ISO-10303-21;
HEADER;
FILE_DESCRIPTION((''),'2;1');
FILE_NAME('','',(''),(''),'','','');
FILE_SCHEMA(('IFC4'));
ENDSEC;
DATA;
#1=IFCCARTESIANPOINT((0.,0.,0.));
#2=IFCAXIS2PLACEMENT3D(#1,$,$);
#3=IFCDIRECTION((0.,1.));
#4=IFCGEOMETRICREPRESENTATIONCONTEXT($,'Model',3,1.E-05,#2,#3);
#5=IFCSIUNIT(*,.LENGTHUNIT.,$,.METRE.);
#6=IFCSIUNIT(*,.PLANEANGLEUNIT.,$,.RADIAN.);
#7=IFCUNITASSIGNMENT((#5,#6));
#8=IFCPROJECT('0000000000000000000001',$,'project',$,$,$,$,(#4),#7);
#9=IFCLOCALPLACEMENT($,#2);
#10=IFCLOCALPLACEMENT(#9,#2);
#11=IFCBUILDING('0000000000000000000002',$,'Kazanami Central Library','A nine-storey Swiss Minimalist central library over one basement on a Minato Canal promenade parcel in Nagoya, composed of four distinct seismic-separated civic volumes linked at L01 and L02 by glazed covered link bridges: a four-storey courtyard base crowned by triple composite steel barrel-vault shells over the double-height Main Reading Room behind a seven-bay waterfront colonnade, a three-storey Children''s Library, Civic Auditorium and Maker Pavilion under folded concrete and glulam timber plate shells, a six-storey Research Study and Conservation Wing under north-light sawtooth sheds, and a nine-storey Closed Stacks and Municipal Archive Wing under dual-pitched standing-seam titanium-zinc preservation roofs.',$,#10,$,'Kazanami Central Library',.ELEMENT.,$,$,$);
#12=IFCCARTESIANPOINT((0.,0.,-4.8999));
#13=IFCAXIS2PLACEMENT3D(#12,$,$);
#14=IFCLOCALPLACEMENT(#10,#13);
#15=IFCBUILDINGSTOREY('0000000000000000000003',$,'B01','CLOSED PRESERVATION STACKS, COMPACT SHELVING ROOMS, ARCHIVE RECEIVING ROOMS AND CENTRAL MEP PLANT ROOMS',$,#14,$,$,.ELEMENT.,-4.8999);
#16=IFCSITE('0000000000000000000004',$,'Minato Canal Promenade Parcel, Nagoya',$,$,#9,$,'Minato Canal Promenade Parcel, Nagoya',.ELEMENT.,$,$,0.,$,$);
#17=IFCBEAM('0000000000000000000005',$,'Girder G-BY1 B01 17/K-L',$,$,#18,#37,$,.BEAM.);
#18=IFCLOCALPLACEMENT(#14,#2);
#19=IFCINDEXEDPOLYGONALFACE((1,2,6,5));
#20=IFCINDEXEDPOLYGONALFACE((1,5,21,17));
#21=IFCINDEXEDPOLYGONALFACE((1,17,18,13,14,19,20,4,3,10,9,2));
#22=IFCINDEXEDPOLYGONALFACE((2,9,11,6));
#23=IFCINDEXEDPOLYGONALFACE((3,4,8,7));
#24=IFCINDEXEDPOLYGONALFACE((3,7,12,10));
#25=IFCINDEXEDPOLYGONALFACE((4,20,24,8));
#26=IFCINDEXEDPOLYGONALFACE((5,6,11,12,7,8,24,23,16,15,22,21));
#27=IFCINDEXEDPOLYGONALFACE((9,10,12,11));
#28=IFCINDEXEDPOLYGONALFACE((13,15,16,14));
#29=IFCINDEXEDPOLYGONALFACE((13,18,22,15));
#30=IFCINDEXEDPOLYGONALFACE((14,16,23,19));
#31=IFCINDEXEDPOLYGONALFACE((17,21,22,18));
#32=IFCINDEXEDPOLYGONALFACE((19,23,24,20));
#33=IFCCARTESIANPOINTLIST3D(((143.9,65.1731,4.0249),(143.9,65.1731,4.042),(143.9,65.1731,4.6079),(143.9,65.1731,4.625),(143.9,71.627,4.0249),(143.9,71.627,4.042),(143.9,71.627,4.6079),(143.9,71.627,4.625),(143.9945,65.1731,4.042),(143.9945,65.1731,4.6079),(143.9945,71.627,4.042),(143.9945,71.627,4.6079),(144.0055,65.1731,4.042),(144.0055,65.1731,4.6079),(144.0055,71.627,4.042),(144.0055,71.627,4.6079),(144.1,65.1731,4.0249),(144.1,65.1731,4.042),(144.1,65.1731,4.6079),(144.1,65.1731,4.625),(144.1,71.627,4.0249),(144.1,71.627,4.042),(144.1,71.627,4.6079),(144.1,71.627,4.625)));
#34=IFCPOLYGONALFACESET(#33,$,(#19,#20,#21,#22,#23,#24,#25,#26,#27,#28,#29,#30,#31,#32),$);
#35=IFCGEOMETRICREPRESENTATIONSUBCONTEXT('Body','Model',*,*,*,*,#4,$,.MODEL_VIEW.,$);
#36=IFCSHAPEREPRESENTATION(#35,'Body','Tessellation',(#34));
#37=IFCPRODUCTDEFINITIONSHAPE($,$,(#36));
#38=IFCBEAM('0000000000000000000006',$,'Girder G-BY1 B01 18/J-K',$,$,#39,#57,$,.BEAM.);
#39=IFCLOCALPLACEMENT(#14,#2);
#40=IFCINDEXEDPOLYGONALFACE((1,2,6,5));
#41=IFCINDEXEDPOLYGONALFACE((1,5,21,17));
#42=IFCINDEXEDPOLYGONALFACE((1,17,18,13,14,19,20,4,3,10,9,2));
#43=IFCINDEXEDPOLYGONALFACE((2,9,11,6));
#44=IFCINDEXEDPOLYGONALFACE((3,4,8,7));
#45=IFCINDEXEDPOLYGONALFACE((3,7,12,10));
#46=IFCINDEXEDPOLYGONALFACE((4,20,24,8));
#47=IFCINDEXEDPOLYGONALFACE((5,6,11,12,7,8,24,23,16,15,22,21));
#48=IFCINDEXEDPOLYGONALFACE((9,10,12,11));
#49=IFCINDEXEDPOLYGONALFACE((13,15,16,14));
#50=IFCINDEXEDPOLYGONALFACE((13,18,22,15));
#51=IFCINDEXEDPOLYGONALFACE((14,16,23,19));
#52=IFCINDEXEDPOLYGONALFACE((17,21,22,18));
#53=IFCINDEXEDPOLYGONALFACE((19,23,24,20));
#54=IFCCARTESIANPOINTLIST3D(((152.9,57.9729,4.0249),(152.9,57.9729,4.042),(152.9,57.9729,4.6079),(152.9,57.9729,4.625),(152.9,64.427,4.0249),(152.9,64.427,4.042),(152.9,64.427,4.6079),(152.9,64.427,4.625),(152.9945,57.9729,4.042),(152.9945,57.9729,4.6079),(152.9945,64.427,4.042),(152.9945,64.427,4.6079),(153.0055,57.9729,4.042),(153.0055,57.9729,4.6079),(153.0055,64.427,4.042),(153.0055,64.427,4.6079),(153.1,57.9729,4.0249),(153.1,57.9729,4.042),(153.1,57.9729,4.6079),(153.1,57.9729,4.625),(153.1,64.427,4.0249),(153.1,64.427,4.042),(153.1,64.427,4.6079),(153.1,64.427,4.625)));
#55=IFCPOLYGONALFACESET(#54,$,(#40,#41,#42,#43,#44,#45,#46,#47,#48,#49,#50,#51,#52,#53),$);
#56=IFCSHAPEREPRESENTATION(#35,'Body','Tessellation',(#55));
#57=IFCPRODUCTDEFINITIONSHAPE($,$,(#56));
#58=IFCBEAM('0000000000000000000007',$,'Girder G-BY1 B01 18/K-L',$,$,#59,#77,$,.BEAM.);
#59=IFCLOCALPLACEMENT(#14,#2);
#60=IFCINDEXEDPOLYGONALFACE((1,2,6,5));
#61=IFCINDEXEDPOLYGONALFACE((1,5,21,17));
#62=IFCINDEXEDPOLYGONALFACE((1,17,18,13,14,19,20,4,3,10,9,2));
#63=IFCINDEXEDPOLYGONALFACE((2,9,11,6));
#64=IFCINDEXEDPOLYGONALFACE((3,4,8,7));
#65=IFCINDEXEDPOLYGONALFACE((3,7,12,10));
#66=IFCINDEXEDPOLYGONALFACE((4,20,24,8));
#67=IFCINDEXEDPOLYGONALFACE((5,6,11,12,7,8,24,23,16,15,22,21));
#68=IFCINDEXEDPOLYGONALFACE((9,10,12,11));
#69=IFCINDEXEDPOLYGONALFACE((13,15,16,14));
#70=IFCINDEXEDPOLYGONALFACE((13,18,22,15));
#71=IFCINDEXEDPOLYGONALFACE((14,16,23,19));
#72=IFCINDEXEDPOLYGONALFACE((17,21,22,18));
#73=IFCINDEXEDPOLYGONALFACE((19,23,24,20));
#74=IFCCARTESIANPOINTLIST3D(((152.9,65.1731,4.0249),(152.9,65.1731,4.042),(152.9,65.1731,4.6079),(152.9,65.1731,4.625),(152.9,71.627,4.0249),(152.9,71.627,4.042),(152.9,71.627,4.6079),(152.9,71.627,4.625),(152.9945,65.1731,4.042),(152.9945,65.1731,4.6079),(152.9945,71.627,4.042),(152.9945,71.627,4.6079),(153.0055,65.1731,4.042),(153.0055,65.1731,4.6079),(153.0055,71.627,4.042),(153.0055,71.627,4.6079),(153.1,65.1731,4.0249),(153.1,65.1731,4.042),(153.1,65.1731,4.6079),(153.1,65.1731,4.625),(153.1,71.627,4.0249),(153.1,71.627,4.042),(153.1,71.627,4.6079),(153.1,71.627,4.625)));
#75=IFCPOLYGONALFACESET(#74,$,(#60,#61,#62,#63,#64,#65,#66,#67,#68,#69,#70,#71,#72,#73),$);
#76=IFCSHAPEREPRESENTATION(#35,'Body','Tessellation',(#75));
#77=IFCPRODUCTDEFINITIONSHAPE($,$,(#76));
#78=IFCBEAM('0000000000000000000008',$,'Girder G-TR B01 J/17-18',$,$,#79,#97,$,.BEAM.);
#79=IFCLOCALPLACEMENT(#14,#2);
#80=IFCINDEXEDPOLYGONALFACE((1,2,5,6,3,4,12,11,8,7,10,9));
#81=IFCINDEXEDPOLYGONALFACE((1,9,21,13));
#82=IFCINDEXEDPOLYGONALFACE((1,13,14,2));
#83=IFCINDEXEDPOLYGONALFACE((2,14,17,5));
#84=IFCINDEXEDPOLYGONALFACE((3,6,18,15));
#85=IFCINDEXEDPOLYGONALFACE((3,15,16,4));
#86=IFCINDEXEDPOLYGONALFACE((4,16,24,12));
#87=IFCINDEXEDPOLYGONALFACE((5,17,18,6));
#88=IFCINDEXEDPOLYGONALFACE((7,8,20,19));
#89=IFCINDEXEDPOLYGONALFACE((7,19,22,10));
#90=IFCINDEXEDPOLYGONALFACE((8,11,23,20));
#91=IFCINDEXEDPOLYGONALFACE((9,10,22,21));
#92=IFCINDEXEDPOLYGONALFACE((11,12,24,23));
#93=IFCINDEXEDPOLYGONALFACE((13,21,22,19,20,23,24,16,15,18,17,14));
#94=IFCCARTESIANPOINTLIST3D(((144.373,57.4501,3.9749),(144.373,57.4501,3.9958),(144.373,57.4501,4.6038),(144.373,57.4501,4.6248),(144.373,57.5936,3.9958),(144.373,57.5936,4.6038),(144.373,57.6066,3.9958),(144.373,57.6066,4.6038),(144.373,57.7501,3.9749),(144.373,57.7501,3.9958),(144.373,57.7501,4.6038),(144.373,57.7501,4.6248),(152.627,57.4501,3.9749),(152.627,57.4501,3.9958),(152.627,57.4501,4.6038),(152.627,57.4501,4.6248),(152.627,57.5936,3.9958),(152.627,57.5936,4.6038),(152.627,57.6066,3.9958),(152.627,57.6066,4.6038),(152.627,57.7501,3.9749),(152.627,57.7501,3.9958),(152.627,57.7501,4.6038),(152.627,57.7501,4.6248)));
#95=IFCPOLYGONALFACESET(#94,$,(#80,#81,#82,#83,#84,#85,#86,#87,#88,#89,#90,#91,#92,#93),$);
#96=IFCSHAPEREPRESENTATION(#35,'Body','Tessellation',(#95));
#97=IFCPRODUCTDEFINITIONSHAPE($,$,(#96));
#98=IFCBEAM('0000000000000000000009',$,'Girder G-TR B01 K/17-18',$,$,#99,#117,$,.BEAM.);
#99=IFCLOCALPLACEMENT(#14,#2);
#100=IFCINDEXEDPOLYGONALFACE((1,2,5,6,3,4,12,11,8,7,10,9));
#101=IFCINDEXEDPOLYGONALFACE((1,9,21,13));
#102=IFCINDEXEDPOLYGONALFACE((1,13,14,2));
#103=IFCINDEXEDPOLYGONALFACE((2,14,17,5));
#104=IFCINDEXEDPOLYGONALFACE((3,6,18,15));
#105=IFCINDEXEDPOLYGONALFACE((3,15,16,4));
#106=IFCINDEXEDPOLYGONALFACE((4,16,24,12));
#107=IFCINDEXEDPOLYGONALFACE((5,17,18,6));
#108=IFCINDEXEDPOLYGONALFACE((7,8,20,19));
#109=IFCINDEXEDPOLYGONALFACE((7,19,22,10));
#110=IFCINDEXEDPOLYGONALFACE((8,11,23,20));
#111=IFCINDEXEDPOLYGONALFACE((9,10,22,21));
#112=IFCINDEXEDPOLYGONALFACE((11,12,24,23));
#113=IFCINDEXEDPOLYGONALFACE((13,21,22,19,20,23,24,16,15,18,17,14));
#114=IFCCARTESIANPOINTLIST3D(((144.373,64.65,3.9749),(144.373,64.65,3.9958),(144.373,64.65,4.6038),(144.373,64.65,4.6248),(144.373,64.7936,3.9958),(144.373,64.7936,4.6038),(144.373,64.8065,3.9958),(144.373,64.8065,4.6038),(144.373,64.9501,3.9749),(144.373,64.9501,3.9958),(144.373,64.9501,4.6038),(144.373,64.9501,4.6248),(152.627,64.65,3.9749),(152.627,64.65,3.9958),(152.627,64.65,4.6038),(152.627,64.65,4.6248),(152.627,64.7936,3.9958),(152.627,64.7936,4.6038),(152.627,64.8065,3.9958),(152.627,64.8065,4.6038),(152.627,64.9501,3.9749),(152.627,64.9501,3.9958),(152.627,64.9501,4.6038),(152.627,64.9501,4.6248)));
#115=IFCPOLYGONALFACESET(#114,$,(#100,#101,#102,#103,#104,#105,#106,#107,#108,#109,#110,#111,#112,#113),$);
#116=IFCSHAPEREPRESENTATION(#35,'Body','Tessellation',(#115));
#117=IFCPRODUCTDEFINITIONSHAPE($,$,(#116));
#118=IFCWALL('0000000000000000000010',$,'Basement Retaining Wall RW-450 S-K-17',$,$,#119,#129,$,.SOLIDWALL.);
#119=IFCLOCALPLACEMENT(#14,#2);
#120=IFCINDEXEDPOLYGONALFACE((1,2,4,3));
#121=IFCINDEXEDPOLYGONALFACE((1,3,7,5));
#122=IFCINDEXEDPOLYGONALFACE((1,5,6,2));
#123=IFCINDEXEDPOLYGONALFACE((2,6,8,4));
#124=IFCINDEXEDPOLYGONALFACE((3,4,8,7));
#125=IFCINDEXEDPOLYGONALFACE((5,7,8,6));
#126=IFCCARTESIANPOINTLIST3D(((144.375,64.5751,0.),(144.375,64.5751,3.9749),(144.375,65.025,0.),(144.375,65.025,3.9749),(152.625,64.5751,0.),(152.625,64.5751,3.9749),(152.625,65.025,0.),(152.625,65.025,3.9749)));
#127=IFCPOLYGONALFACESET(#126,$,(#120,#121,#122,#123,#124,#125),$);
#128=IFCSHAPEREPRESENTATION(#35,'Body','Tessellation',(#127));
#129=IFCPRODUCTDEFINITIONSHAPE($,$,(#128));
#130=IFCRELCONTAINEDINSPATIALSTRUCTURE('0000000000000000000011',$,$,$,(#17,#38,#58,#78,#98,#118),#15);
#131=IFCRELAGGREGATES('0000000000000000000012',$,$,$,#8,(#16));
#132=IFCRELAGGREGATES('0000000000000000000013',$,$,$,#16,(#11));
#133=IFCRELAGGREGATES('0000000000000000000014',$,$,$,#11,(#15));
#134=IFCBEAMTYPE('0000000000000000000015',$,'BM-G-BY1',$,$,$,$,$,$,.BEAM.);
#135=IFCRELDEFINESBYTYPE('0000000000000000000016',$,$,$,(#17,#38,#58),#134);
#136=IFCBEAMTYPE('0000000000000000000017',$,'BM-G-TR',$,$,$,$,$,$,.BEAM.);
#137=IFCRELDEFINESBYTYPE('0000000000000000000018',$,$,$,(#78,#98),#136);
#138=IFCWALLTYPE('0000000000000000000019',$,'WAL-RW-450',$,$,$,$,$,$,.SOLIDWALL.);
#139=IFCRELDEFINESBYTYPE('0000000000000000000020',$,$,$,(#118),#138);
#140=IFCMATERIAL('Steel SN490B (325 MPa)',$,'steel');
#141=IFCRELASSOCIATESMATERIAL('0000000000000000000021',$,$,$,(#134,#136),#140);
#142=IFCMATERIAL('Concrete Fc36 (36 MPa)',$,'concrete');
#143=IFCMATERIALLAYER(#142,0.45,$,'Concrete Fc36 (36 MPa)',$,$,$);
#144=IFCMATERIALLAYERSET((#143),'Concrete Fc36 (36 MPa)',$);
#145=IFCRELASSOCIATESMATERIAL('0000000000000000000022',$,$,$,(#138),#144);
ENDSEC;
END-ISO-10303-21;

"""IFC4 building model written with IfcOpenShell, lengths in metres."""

from ifc_helpers import new_model, si_unit, direction, frame, frame_2d, origin, origin_2d, place, context, subcontext, project, spatial, rectangle, i_section, extrude, material, layer, layer_set, material_profile, profile_set, type_object, element, save


model = new_model("IFC4")

# Units and contexts
model_context = context("Model", 3, precision=1e-05, world=origin(), true_north=direction((0.0, 1.0)))
body_context = subcontext(model_context, "Body", "Model", "MODEL_VIEW")
ifc_project = project(units=[si_unit("LENGTHUNIT", "METRE"), si_unit("PLANEANGLEUNIT", "RADIAN")], contexts=[model_context])

# Site, building, storey
site_placement = place(None, origin())
site = spatial("IfcSite", under=ifc_project, at=site_placement, Name="Minato Canal Promenade Parcel, Nagoya", LongName="Minato Canal Promenade Parcel, Nagoya", CompositionType="ELEMENT", RefElevation=0.0)
building_placement = place(site_placement, origin())
building = spatial("IfcBuilding", under=site, at=building_placement, Name="Kazanami Central Library", Description="A nine-storey Swiss Minimalist central library over one basement on a Minato Canal promenade parcel in Nagoya, composed of four distinct seismic-separated civic volumes linked at L01 and L02 by glazed covered link bridges: a four-storey courtyard base crowned by triple composite steel barrel-vault shells over the double-height Main Reading Room behind a seven-bay waterfront colonnade, a three-storey Children's Library, Civic Auditorium and Maker Pavilion under folded concrete and glulam timber plate shells, a six-storey Research Study and Conservation Wing under north-light sawtooth sheds, and a nine-storey Closed Stacks and Municipal Archive Wing under dual-pitched standing-seam titanium-zinc preservation roofs.", LongName="Kazanami Central Library", CompositionType="ELEMENT")
storey_placement = place(building_placement, frame((0.0, 0.0, -4.8999)))
storey = spatial("IfcBuildingStorey", under=building, at=storey_placement, Name="B01", Description="CLOSED PRESERVATION STACKS, COMPACT SHELVING ROOMS, ARCHIVE RECEIVING ROOMS AND CENTRAL MEP PLANT ROOMS", CompositionType="ELEMENT", Elevation=-4.8999)

# Shared definitions
ifc_material_1 = material(Name="Concrete Fc36 (36 MPa)", Category="concrete")

# Beams
ifc_material_2 = material(Name="Steel SN490B (325 MPa)", Category="steel")
ifc_material_profile_1 = material_profile(ifc_material_2, i_section(OverallWidth=0.2, OverallDepth=0.6001, WebThickness=0.011, FlangeThickness=0.0171, at=origin_2d()), Name="H-600x200x11x17")
ifc_profile_set_1 = profile_set([ifc_material_profile_1], Name="Steel SN490B (325 MPa)")
beam_type_1 = type_object("IfcBeamType", Name="BM-G-BY1", PredefinedType="BEAM", material=ifc_profile_set_1)
beam_1_placement = place(storey_placement, frame((144.0, 65.1731, 4.325), z_axis=(0.0, 1.0, 0.0), x_axis=(-1.0, 0.0, 0.0)))
element("IfcBeam", 1, at=beam_1_placement, inside=storey, type_object=beam_type_1, Name="Girder G-BY1 B01 17/K-L", PredefinedType="BEAM", context=body_context, shape_type="SweptSolid", body=[
    extrude(i_section(OverallWidth=0.2, OverallDepth=0.6001, WebThickness=0.011, FlangeThickness=0.0171, at=origin_2d()), origin(), (0.0, 0.0, 1.0), 6.4539),
])
beam_2_placement = place(storey_placement, frame((153.0, 57.9729, 4.325), z_axis=(0.0, 1.0, 0.0), x_axis=(-1.0, 0.0, 0.0)))
element("IfcBeam", 2, at=beam_2_placement, inside=storey, type_object=beam_type_1, Name="Girder G-BY1 B01 18/J-K", PredefinedType="BEAM", context=body_context, shape_type="SweptSolid", body=[
    extrude(i_section(OverallWidth=0.2, OverallDepth=0.6001, WebThickness=0.011, FlangeThickness=0.0171, at=origin_2d()), origin(), (0.0, 0.0, 1.0), 6.4541),
])
beam_3_placement = place(storey_placement, frame((153.0, 65.1731, 4.325), z_axis=(0.0, 1.0, 0.0), x_axis=(-1.0, 0.0, 0.0)))
element("IfcBeam", 3, at=beam_3_placement, inside=storey, type_object=beam_type_1, Name="Girder G-BY1 B01 18/K-L", PredefinedType="BEAM", context=body_context, shape_type="SweptSolid", body=[
    extrude(i_section(OverallWidth=0.2, OverallDepth=0.6001, WebThickness=0.011, FlangeThickness=0.0171, at=origin_2d()), origin(), (0.0, 0.0, 1.0), 6.4539),
])
ifc_material_profile_2 = material_profile(ifc_material_2, i_section(OverallWidth=0.3, OverallDepth=0.6499, WebThickness=0.0129, FlangeThickness=0.021, at=origin_2d()), Name="H-650x300x13x21")
ifc_profile_set_2 = profile_set([ifc_material_profile_2], Name="Steel SN490B (325 MPa)")
beam_type_2 = type_object("IfcBeamType", Name="BM-G-TR", PredefinedType="BEAM", material=ifc_profile_set_2)
for number, where, z_axis, x_axis, name in (
    (4, (144.373, 57.6001, 4.2998), (1.0, 0.0, 0.0), (0.0, 1.0, 0.0), "Girder G-TR B01 J/17-18"),
    (5, (144.373, 64.8, 4.2998), (1.0, 0.0, 0.0), (0.0, 1.0, 0.0), "Girder G-TR B01 K/17-18"),
):
    element("IfcBeam", number, at=place(storey_placement, frame(where, z_axis=z_axis, x_axis=x_axis)), inside=storey, type_object=beam_type_2, Name=name, PredefinedType="BEAM", context=body_context, shape_type="SweptSolid", body=[
        extrude(i_section(OverallWidth=0.3, OverallDepth=0.6499, WebThickness=0.0129, FlangeThickness=0.021, at=origin_2d()), origin(), (0.0, 0.0, 1.0), 8.2539),
    ])

# Wall
ifc_layer = layer(ifc_material_1, 0.45, Name="Concrete Fc36 (36 MPa)")
ifc_layer_set = layer_set([ifc_layer], Name="Concrete Fc36 (36 MPa)")
wall_type = type_object("IfcWallType", Name="WAL-RW-450", PredefinedType="SOLIDWALL", material=ifc_layer_set)
wall_placement = place(storey_placement, frame((144.375, 64.8, 0.0), z_axis=(0.0, 0.0, 1.0), x_axis=(1.0, 0.0, 0.0)))
element("IfcWall", 6, at=wall_placement, inside=storey, type_object=wall_type, Name="Basement Retaining Wall RW-450 S-K-17", PredefinedType="SOLIDWALL", context=body_context, shape_type="SweptSolid", body=[
    extrude(rectangle(XDim=8.25, YDim=0.45, at=frame_2d((4.125, 0.0))), origin(), (0.0, 0.0, 1.0), 3.9749),
])

save(model, "model.ifc")
